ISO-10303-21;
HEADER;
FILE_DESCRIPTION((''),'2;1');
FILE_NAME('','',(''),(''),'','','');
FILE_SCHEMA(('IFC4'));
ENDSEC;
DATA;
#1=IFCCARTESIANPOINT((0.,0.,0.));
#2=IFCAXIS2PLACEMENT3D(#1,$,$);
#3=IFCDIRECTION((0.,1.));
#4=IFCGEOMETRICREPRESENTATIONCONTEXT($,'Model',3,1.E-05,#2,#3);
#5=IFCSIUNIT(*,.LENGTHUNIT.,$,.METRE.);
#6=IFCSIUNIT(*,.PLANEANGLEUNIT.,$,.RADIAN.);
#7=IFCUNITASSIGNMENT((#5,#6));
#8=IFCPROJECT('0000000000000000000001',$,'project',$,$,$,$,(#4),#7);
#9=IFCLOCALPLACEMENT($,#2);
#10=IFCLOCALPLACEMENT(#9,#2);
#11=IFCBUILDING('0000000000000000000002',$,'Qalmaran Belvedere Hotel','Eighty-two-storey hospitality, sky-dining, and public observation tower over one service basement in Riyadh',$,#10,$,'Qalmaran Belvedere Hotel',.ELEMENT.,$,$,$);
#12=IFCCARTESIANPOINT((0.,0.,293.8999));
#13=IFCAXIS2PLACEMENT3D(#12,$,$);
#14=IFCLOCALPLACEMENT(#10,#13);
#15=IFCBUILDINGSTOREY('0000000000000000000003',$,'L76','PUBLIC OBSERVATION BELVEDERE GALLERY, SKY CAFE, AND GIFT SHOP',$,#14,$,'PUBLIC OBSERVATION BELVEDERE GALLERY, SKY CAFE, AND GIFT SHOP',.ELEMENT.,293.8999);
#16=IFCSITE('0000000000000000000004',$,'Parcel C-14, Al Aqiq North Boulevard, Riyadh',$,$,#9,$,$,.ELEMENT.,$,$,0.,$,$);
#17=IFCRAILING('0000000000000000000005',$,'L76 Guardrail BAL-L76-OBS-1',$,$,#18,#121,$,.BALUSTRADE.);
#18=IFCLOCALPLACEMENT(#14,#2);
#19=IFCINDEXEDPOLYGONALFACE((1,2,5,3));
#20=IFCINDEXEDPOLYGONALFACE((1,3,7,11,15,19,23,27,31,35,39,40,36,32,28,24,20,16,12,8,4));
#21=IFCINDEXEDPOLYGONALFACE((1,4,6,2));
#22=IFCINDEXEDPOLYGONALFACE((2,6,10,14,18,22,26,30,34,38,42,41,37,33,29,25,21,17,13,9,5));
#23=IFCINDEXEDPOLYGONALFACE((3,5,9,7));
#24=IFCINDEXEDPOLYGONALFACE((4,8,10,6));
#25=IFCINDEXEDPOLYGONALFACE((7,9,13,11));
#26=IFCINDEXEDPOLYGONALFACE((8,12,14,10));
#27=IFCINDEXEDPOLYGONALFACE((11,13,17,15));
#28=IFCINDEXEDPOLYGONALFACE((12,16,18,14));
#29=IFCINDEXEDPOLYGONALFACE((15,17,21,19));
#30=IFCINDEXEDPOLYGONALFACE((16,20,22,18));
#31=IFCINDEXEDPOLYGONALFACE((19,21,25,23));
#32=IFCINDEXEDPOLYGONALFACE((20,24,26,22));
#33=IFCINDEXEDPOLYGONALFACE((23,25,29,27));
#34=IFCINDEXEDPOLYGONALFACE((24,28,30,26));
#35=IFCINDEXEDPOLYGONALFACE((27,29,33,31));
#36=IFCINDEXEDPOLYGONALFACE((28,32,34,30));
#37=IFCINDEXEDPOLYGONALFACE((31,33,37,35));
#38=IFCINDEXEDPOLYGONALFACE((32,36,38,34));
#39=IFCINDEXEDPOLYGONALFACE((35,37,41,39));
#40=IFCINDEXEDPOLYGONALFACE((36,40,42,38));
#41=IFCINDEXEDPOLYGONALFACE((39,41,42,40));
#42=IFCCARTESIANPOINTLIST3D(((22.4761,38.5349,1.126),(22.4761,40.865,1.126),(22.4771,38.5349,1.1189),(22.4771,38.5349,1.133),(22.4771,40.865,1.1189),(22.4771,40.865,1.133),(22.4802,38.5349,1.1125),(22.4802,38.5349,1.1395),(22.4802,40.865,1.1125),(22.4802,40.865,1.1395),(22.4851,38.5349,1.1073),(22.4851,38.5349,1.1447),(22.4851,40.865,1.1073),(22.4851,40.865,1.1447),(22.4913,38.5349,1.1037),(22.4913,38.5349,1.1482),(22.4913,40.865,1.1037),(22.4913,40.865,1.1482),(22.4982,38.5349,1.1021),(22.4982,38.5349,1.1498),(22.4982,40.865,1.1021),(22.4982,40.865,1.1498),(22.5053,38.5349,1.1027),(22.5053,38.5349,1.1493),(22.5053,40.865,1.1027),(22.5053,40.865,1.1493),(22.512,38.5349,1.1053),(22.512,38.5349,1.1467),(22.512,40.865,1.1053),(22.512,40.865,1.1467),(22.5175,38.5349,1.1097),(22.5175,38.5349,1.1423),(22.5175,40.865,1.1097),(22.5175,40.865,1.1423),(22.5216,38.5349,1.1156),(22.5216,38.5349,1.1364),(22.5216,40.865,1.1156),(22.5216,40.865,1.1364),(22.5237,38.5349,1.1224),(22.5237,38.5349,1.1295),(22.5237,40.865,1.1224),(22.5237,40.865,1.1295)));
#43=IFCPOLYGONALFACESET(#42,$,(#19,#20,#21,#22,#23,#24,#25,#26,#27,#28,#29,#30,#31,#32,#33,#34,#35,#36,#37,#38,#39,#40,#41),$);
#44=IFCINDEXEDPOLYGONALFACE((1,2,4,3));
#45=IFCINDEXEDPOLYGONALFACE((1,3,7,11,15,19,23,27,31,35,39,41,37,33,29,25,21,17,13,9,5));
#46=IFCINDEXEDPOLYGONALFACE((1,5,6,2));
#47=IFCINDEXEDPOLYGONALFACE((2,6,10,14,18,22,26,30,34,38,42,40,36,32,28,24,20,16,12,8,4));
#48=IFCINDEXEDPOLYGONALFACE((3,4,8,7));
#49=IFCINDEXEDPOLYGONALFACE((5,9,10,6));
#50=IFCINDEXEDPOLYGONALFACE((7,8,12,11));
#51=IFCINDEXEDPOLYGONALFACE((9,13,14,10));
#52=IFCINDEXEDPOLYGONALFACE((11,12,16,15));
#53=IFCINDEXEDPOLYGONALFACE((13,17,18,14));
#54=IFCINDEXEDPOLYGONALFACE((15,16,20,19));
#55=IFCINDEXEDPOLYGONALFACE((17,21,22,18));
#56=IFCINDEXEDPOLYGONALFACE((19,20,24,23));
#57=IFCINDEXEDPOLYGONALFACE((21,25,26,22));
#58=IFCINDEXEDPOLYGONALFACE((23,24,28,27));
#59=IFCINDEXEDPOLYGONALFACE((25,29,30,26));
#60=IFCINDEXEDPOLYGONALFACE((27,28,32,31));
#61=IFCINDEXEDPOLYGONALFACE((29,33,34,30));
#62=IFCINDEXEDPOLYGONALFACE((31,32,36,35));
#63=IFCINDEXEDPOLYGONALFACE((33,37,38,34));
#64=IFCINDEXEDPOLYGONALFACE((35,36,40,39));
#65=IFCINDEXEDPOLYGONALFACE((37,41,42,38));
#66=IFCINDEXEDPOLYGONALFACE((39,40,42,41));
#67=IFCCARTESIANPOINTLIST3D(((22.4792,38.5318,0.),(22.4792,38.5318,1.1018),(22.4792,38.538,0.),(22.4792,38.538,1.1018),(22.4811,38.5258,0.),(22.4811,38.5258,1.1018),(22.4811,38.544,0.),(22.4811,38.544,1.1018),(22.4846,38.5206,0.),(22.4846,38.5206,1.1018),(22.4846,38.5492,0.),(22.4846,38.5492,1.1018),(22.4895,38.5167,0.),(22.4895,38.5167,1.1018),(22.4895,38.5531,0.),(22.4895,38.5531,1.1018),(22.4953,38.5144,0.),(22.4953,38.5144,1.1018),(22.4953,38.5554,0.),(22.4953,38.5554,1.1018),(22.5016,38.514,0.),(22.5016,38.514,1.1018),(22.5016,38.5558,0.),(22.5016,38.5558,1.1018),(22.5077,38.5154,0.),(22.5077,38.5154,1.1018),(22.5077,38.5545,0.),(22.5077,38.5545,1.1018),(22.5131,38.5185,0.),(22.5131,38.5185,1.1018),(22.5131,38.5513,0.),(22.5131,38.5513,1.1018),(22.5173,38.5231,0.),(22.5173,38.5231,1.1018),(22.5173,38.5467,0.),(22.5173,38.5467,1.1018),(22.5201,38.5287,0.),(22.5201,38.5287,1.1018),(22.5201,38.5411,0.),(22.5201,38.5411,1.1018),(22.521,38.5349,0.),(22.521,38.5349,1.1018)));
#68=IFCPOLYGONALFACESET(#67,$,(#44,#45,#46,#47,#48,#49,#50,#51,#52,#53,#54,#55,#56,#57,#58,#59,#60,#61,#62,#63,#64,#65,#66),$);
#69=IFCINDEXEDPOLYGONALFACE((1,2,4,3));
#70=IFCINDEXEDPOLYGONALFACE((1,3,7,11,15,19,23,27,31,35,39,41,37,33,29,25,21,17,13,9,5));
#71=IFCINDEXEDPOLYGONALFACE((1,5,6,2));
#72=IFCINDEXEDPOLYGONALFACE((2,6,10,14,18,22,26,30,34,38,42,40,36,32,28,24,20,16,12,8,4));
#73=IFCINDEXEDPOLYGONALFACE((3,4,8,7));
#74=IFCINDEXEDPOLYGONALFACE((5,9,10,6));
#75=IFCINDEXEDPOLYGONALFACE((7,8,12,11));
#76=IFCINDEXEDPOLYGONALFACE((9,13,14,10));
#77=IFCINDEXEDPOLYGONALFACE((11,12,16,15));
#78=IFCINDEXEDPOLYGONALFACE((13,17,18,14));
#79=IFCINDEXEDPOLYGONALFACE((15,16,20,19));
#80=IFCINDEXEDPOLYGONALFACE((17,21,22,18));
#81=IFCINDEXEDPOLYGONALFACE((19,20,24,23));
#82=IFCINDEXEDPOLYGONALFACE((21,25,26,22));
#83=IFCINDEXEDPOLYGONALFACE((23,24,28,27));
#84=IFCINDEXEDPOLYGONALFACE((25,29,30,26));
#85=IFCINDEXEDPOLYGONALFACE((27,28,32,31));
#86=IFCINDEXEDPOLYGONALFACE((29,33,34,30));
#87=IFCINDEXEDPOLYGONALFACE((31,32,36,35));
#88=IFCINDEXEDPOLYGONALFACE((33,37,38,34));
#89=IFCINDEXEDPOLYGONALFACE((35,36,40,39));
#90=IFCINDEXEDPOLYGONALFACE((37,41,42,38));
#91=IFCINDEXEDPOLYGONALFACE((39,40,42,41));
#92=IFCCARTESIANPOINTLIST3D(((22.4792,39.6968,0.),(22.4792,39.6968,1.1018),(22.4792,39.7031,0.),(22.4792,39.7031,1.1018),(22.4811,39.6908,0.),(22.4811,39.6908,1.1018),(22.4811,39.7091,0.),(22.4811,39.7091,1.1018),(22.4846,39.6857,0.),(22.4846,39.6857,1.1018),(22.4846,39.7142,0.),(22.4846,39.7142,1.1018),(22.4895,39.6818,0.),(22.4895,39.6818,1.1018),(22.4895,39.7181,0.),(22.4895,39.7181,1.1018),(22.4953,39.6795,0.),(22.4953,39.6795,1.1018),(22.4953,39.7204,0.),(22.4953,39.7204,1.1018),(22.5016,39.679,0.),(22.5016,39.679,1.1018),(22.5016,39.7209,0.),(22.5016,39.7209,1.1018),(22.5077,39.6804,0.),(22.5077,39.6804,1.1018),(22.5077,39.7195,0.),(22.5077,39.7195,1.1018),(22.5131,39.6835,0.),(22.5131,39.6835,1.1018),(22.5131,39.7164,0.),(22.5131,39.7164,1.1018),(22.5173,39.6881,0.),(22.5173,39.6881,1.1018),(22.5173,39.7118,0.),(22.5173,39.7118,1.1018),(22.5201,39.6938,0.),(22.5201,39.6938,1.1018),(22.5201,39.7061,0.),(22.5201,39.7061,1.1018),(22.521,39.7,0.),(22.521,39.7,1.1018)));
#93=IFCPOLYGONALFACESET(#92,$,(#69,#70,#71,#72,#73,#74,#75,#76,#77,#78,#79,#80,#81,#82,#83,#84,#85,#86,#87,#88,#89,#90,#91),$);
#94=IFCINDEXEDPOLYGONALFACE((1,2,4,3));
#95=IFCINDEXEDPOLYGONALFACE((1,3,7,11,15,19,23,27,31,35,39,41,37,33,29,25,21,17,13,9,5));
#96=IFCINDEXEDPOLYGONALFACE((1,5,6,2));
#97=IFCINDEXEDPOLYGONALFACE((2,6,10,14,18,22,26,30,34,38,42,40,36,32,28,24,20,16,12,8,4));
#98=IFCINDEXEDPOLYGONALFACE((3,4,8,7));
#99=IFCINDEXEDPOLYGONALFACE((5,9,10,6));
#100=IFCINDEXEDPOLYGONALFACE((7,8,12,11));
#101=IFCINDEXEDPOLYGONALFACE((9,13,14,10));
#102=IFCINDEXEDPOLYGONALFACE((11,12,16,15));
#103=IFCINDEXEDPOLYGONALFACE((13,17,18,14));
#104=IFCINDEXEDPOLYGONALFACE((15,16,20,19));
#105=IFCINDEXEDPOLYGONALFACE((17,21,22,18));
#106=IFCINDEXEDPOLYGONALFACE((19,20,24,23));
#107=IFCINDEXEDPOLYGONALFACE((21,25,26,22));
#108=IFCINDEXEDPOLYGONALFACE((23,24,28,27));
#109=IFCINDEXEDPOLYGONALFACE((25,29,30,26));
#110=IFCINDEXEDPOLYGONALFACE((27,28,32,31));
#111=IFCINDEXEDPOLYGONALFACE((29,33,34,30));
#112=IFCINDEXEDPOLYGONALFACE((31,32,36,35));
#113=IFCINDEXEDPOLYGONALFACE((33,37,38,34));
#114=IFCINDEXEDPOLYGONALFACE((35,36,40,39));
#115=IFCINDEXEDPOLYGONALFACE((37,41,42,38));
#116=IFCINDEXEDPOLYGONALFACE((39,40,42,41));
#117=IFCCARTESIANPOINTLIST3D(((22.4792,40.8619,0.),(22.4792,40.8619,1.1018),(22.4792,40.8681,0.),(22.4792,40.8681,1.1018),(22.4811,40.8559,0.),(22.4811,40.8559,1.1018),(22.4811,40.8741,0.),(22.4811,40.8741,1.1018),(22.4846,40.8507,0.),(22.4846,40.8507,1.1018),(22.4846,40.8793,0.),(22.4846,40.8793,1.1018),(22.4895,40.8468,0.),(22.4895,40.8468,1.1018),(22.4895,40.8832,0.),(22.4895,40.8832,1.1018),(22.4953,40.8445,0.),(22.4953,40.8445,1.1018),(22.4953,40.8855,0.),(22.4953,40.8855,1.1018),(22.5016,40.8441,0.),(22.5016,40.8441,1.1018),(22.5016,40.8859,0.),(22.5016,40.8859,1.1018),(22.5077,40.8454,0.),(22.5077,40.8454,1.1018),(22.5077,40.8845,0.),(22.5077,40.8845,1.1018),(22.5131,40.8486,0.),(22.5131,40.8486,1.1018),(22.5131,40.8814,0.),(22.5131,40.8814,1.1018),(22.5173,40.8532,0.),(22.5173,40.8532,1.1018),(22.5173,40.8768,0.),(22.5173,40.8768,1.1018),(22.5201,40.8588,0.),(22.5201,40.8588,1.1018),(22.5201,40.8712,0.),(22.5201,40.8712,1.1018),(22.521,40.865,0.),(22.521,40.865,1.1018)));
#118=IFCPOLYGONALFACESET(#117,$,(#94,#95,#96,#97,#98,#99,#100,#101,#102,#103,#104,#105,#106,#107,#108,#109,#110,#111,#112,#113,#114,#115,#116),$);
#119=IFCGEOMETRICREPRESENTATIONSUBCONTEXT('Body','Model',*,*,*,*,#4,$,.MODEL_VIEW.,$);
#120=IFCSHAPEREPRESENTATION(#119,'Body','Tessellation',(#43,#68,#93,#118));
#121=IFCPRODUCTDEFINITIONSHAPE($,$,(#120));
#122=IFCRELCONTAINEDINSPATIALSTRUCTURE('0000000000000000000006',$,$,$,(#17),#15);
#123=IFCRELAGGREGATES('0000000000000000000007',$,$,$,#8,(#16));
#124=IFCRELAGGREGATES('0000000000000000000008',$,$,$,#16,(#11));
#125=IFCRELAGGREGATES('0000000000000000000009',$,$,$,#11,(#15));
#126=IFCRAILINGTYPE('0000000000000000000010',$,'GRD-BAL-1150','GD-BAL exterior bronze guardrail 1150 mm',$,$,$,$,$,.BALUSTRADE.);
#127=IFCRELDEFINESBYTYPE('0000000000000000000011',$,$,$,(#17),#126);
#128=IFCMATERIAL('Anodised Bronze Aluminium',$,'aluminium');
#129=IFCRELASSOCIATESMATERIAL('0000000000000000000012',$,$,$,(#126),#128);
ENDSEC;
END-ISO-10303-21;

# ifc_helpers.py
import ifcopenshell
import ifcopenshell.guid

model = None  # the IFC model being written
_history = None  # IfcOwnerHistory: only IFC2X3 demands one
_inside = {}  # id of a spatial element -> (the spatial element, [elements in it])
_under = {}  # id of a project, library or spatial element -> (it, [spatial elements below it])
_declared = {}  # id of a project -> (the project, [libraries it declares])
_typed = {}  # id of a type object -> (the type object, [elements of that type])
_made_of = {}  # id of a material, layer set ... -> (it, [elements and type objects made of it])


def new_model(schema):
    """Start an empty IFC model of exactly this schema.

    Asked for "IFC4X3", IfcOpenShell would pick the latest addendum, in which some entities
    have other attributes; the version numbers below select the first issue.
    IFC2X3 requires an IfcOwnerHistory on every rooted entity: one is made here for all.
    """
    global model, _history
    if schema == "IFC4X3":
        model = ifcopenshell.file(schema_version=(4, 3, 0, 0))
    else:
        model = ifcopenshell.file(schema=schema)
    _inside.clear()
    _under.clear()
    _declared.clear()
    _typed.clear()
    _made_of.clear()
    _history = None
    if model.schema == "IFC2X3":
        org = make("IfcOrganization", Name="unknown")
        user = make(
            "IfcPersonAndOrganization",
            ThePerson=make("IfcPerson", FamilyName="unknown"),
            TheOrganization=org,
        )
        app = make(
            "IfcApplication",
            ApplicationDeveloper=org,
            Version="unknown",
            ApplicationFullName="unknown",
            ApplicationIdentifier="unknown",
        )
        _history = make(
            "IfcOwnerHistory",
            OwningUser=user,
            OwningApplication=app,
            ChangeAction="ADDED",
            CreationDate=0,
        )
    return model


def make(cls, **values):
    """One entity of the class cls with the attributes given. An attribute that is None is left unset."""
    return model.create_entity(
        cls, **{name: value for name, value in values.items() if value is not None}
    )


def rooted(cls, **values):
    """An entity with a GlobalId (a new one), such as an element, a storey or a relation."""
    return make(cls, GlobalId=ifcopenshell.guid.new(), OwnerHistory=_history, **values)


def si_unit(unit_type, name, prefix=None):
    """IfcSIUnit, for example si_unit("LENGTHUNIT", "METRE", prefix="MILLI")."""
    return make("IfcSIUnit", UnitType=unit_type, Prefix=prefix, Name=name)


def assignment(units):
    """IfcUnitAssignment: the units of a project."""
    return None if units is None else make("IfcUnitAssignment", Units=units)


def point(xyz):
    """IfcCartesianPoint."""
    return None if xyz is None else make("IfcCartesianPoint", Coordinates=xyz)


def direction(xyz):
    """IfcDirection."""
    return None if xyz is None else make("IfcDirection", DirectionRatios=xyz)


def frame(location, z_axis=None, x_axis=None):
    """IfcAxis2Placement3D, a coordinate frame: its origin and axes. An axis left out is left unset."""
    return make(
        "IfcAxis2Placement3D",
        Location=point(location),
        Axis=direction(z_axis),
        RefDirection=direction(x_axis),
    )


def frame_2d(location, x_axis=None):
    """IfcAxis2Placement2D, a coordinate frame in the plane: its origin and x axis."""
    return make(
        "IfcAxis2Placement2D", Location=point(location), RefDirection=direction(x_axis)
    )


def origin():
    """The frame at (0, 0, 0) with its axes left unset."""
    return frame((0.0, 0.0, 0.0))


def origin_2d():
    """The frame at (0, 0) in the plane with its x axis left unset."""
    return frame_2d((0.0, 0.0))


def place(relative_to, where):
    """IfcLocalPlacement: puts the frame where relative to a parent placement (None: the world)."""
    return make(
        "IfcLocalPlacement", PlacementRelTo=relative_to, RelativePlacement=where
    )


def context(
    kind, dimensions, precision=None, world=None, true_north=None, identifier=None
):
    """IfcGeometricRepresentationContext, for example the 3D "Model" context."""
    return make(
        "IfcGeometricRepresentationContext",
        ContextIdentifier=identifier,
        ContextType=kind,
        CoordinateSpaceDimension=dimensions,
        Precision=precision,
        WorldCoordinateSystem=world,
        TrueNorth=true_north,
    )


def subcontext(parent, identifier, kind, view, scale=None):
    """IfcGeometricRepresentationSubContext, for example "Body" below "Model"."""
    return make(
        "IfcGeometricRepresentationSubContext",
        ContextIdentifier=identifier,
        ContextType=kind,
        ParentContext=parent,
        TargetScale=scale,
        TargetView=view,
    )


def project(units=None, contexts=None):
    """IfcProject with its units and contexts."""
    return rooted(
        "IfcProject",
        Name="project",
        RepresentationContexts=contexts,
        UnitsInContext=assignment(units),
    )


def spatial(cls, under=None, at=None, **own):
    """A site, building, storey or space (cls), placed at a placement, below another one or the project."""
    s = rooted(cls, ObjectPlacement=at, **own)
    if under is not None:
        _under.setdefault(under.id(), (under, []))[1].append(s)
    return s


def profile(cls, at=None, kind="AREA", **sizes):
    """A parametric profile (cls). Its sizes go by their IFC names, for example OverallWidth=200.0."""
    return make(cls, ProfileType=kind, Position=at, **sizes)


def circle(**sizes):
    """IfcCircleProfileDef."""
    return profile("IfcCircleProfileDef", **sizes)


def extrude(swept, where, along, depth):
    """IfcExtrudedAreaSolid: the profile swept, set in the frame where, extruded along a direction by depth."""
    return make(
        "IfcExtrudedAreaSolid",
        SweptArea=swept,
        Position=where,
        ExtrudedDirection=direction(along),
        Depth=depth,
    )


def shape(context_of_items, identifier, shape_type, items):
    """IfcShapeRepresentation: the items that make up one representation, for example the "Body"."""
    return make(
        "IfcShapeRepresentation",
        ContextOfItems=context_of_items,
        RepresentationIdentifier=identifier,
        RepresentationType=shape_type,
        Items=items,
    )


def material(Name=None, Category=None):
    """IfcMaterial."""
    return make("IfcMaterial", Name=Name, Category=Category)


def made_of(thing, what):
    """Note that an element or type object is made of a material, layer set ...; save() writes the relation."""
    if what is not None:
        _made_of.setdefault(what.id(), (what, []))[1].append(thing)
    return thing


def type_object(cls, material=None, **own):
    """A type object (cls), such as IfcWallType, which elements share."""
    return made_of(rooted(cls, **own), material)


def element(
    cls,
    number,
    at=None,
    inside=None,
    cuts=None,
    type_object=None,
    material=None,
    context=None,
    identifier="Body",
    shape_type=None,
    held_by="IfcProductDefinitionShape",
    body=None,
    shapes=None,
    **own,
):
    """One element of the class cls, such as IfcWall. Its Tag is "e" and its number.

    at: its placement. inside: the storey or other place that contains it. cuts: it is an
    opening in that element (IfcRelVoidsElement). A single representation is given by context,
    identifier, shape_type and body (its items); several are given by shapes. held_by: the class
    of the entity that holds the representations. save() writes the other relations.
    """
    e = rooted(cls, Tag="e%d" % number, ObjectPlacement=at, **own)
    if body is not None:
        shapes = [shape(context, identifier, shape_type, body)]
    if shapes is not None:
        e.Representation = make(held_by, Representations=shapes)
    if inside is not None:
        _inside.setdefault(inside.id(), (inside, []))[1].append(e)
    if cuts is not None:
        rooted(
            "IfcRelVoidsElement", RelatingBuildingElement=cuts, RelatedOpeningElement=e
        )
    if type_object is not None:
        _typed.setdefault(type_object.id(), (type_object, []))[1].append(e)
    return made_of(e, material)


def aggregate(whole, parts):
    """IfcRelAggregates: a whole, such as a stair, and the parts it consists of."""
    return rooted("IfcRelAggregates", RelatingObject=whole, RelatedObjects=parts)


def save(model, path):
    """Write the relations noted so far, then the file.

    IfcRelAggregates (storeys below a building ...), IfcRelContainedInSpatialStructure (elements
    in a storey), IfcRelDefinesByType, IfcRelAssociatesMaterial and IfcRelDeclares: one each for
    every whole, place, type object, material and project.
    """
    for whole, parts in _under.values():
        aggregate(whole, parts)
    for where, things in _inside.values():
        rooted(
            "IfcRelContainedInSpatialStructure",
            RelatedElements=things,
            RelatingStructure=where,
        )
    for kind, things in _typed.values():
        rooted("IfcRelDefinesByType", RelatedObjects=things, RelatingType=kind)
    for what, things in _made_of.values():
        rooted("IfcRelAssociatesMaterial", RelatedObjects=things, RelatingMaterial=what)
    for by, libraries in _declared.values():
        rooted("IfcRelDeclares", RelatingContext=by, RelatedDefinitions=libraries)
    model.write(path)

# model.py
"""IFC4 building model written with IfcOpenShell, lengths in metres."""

from ifc_helpers import new_model, si_unit, direction, frame, origin, origin_2d, place, context, subcontext, project, spatial, circle, extrude, material, type_object, element, save


model = new_model("IFC4")

# Units and contexts
model_context = context("Model", 3, precision=1e-05, world=origin(), true_north=direction((0.0, 1.0)))
body_context = subcontext(model_context, "Body", "Model", "MODEL_VIEW")
ifc_project = project(units=[si_unit("LENGTHUNIT", "METRE"), si_unit("PLANEANGLEUNIT", "RADIAN")], contexts=[model_context])

# Site, building, storey
site_placement = place(None, origin())
site = spatial("IfcSite", under=ifc_project, at=site_placement, Name="Parcel C-14, Al Aqiq North Boulevard, Riyadh", CompositionType="ELEMENT", RefElevation=0.0)
building_placement = place(site_placement, origin())
building = spatial("IfcBuilding", under=site, at=building_placement, Name="Qalmaran Belvedere Hotel", Description="Eighty-two-storey hospitality, sky-dining, and public observation tower over one service basement in Riyadh", LongName="Qalmaran Belvedere Hotel", CompositionType="ELEMENT")
storey_placement = place(building_placement, frame((0.0, 0.0, 293.8999)))
storey = spatial("IfcBuildingStorey", under=building, at=storey_placement, Name="L76", Description="PUBLIC OBSERVATION BELVEDERE GALLERY, SKY CAFE, AND GIFT SHOP", LongName="PUBLIC OBSERVATION BELVEDERE GALLERY, SKY CAFE, AND GIFT SHOP", CompositionType="ELEMENT", Elevation=293.8999)

# Shared definitions
ifc_material_1 = material(Name="Anodised Bronze Aluminium", Category="aluminium")

# Railing
railing_type = type_object("IfcRailingType", Name="GRD-BAL-1150", Description="GD-BAL exterior bronze guardrail 1150 mm", PredefinedType="BALUSTRADE", material=ifc_material_1)
railing_1_placement = place(storey_placement, frame((22.5, 38.5349, 0.0)))
element("IfcRailing", 1, at=railing_1_placement, inside=storey, type_object=railing_type, Name="L76 Guardrail BAL-L76-OBS-1", PredefinedType="BALUSTRADE", context=body_context, shape_type="SweptSolid", body=[
    extrude(circle(Radius=0.0239, at=origin_2d()), frame((0.0, 0.0, 1.126), z_axis=(0.0, 1.0, 0.0), x_axis=(-1.0, 0.0, 0.0)), (0.0, 0.0, 1.0), 2.3301),
    extrude(circle(Radius=0.021, at=origin_2d()), origin(), (0.0, 0.0, 1.0), 1.1018),
    extrude(circle(Radius=0.021, at=origin_2d()), frame((0.0, 1.165, 0.0)), (0.0, 0.0, 1.0), 1.1018),
    extrude(circle(Radius=0.021, at=origin_2d()), frame((0.0, 2.3301, 0.0)), (0.0, 0.0, 1.0), 1.1018),
])

save(model, "model.ifc")
